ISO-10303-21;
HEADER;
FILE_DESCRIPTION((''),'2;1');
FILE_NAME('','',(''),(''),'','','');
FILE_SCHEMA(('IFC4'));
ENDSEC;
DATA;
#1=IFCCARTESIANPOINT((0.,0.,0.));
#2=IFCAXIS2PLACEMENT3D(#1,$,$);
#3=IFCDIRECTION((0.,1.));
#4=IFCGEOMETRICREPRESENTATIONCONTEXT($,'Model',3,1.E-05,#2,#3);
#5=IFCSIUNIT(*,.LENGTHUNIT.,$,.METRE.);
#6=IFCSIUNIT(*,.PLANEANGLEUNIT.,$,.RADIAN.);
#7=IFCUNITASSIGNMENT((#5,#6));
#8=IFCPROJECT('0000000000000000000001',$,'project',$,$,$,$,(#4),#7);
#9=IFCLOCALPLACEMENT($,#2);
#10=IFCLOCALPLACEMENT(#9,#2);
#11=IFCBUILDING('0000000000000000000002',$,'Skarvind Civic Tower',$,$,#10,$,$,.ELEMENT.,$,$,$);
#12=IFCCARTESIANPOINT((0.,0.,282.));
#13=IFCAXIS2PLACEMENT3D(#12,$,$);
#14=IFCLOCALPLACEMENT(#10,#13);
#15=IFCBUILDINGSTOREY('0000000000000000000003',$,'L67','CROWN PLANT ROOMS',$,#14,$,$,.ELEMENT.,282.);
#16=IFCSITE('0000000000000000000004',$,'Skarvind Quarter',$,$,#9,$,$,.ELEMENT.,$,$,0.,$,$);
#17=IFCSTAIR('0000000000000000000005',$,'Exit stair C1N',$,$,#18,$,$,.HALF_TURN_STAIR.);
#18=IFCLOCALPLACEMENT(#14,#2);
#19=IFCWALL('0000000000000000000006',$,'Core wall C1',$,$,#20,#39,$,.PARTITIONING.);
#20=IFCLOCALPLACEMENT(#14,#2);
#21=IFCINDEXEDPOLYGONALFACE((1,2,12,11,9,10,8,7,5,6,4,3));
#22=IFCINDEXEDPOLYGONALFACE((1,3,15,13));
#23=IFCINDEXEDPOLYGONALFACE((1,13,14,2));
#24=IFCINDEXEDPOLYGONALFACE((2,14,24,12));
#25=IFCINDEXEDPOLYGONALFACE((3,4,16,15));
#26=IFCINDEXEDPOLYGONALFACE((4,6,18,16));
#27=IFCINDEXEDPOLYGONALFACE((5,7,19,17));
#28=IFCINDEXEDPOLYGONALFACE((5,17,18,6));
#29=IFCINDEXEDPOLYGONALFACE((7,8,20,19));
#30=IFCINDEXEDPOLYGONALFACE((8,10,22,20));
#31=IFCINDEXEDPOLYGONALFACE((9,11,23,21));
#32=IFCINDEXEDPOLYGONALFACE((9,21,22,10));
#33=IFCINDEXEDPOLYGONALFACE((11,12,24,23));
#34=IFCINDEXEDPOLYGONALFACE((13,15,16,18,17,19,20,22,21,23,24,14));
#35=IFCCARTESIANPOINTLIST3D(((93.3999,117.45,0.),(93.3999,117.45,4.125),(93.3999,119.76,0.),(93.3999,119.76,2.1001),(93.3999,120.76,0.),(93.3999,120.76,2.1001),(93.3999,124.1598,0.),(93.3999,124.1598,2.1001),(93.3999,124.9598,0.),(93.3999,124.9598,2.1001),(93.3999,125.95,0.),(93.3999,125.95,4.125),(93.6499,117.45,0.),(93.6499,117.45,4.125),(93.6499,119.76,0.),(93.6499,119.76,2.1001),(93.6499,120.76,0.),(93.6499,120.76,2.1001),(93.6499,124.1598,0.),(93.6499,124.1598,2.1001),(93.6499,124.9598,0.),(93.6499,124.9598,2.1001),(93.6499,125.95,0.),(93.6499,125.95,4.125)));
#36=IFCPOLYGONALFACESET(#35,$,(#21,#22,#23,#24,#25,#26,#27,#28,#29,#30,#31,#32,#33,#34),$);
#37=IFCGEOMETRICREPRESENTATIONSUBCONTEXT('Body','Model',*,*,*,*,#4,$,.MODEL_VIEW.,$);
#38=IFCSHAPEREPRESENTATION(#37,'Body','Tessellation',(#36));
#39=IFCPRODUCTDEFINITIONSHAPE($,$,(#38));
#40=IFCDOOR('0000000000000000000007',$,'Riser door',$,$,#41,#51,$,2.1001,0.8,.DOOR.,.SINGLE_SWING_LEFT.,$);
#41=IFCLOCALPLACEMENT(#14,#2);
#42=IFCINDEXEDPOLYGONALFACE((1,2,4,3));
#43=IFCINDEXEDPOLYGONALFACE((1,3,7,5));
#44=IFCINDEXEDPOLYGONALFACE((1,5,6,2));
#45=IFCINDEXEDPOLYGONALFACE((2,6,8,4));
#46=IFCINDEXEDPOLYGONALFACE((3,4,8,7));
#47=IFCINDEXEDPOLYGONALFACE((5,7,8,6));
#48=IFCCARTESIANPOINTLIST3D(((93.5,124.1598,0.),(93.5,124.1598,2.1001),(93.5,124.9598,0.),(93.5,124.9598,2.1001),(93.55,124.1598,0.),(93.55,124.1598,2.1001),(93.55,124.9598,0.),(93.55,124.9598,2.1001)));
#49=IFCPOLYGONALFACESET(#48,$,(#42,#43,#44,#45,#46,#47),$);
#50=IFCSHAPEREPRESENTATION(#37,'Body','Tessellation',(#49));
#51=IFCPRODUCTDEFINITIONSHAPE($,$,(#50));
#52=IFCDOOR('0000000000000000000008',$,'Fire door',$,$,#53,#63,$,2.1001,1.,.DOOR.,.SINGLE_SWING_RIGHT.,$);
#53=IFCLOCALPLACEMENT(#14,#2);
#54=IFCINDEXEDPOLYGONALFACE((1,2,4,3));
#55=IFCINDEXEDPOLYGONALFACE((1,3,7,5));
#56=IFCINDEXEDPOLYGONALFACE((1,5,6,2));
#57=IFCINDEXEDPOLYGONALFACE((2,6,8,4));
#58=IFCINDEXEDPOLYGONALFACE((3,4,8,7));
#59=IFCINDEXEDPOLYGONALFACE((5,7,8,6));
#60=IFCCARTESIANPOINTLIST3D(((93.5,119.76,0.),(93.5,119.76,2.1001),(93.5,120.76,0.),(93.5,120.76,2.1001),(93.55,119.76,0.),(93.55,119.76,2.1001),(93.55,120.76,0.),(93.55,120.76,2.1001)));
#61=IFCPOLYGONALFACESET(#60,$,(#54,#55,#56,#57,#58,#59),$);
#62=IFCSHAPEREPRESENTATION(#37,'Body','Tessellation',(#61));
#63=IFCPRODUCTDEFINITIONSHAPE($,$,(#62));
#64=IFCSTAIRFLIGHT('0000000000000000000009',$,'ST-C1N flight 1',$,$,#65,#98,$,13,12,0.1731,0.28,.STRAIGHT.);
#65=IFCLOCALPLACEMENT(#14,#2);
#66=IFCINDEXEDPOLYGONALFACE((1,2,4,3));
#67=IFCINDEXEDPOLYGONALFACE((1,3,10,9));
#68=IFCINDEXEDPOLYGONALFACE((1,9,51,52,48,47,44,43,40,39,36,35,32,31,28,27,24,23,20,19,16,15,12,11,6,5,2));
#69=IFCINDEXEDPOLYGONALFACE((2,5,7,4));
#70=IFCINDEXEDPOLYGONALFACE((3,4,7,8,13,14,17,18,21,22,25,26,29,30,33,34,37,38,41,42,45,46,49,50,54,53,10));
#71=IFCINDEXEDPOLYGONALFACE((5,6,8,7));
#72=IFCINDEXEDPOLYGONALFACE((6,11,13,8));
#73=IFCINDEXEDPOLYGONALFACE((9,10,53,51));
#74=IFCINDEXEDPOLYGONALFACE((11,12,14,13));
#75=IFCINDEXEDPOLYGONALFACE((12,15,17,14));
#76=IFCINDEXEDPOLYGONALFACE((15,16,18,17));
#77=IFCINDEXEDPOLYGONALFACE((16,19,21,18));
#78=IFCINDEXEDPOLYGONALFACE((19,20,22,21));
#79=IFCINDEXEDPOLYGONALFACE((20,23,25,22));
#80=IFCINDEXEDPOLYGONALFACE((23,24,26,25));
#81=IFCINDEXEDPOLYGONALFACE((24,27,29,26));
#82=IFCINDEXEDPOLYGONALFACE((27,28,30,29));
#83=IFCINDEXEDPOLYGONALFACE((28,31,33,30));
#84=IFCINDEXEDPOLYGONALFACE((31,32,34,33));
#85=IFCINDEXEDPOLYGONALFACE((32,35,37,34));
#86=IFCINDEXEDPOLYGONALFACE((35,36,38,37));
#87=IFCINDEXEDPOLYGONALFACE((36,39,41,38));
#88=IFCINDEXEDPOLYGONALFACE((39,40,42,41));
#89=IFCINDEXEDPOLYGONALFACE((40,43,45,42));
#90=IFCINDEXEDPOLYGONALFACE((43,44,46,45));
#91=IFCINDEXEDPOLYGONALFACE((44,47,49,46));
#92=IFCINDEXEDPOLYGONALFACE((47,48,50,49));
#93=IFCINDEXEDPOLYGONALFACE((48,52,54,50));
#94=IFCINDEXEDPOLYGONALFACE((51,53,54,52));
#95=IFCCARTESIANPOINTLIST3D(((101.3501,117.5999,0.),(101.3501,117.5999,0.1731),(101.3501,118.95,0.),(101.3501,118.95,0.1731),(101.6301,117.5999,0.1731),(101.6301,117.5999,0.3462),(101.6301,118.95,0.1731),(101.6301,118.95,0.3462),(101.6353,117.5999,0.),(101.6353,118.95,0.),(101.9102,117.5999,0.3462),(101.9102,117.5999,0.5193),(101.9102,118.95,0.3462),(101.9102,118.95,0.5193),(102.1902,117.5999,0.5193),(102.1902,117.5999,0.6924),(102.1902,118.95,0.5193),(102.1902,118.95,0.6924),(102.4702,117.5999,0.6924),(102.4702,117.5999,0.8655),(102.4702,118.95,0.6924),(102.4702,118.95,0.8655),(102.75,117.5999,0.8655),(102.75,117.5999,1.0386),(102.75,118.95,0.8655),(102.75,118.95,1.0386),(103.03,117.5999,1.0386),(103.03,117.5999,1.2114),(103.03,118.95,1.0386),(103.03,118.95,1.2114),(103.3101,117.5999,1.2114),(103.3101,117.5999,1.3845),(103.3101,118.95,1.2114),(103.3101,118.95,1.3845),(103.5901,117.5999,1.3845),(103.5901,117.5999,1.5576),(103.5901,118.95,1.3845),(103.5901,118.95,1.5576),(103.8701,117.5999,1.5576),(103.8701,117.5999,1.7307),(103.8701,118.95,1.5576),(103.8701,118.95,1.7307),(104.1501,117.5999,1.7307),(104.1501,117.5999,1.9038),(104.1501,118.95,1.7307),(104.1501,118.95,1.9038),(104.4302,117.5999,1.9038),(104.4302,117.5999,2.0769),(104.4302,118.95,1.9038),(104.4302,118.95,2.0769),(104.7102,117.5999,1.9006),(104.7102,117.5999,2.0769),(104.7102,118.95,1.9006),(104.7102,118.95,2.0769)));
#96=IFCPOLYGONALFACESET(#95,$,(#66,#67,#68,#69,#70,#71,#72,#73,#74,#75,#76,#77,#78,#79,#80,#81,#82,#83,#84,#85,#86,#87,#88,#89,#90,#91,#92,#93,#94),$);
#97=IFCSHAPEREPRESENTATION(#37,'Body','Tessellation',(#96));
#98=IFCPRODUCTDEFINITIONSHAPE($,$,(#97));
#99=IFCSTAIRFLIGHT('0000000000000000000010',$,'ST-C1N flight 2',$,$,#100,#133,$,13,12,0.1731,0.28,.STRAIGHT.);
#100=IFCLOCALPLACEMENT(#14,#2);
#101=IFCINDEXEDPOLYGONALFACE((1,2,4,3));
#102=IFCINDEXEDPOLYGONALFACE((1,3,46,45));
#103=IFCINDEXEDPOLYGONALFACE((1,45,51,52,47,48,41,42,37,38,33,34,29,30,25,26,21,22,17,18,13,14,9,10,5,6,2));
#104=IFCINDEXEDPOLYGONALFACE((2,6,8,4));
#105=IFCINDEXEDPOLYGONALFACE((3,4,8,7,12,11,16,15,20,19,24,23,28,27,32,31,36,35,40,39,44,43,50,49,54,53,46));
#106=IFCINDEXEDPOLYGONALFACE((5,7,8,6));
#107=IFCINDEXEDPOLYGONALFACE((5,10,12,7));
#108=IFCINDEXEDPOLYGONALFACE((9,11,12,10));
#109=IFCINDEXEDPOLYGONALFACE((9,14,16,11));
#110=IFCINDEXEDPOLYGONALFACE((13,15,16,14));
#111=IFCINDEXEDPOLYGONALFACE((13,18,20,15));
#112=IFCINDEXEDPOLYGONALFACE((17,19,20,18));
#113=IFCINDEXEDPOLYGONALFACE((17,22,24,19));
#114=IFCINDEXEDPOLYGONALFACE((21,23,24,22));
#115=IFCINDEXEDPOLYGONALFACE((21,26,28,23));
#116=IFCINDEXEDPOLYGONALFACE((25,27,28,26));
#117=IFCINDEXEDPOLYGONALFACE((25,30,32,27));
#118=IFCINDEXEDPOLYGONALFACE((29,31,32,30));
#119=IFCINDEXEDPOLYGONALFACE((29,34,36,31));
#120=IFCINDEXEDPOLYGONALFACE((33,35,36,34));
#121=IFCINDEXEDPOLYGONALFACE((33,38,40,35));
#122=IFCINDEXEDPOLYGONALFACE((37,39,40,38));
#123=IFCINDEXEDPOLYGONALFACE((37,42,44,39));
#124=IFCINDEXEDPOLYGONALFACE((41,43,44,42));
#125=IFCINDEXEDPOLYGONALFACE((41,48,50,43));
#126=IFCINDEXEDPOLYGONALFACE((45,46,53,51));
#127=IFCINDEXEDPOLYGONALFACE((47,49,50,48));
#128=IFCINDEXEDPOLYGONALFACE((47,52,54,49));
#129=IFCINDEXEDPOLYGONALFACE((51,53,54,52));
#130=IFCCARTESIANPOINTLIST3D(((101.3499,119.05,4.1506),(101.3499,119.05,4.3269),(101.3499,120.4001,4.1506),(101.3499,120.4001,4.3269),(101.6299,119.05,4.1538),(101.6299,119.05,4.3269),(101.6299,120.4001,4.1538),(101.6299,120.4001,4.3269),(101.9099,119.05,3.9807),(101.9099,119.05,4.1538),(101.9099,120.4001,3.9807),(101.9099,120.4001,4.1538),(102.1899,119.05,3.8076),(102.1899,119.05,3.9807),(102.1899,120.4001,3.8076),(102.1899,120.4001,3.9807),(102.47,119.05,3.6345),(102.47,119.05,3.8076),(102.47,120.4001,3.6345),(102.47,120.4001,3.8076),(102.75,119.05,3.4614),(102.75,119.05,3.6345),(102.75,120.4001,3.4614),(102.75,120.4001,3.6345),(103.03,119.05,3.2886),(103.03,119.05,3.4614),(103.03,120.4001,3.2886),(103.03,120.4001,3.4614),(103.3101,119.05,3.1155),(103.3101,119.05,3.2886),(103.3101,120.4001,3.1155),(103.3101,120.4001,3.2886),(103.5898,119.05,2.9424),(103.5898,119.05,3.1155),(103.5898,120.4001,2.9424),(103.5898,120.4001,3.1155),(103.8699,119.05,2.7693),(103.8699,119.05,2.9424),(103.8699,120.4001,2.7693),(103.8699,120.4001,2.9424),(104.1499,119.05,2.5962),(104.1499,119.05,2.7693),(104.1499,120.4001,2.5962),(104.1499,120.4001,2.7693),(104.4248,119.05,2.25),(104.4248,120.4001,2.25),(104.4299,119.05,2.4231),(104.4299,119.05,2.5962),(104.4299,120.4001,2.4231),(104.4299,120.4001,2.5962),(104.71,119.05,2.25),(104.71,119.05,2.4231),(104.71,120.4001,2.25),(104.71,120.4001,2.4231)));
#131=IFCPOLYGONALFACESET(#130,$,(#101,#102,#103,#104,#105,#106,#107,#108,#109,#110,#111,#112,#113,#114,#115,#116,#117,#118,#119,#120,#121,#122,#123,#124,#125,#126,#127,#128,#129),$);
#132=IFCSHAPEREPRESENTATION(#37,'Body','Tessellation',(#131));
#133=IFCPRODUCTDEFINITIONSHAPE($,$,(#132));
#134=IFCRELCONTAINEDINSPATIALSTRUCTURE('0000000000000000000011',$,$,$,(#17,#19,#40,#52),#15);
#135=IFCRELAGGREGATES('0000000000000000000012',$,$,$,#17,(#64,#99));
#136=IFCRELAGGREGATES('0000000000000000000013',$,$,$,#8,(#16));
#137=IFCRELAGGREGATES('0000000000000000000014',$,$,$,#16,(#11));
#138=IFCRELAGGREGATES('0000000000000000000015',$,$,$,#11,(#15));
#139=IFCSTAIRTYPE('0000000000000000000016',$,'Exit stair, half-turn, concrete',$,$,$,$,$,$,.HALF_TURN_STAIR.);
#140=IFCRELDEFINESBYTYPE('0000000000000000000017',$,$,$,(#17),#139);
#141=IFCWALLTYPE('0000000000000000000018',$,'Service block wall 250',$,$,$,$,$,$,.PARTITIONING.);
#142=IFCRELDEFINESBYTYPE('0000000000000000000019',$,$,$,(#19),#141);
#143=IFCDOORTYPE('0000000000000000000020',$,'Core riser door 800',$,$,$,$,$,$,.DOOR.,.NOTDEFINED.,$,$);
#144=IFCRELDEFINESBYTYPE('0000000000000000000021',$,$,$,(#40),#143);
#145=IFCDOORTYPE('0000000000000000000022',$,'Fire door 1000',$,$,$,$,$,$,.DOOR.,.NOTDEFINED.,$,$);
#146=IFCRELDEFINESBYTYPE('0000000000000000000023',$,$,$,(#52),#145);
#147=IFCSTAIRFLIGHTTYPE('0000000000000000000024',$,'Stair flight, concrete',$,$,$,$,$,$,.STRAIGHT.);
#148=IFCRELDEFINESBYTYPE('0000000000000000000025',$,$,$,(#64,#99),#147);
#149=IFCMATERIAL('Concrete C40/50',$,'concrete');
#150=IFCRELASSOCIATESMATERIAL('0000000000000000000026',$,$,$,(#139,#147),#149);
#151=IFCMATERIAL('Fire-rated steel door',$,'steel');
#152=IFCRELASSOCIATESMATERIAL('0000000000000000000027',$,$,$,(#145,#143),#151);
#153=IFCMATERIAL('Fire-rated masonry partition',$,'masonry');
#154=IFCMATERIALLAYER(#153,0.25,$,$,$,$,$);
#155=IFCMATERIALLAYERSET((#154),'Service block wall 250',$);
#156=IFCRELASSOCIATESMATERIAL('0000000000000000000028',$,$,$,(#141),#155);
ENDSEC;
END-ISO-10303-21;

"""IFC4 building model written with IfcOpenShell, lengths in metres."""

from ifc_helpers import new_model, si_unit, direction, frame, frame_2d, origin, place, context, subcontext, project, spatial, polyline, rectangle, outline, extrude, material, layer, layer_set, type_object, element, fill, aggregate, save


model = new_model("IFC4")

# Units and contexts
model_context = context("Model", 3, precision=1e-05, world=origin(), true_north=direction((0.0, 1.0)))
body_context = subcontext(model_context, "Body", "Model", "MODEL_VIEW")
ifc_project = project(units=[si_unit("LENGTHUNIT", "METRE"), si_unit("PLANEANGLEUNIT", "RADIAN")], contexts=[model_context])

# Site, building, storey
site_placement = place(None, origin())
site = spatial("IfcSite", under=ifc_project, at=site_placement, Name="Skarvind Quarter", CompositionType="ELEMENT", RefElevation=0.0)
building_placement = place(site_placement, origin())
building = spatial("IfcBuilding", under=site, at=building_placement, Name="Skarvind Civic Tower", CompositionType="ELEMENT")
storey_placement = place(building_placement, frame((0.0, 0.0, 282.0)))
storey = spatial("IfcBuildingStorey", under=building, at=storey_placement, Name="L67", Description="CROWN PLANT ROOMS", CompositionType="ELEMENT", Elevation=282.0)

# Shared definitions
ifc_material_1 = material(Name="Concrete C40/50", Category="concrete")

# Stair
stair_type_1 = type_object("IfcStairType", Name="Exit stair, half-turn, concrete", PredefinedType="HALF_TURN_STAIR", material=ifc_material_1)
stair_1_placement = place(storey_placement, origin())
stair_1 = element("IfcStair", 1, at=stair_1_placement, inside=storey, type_object=stair_type_1, Name="Exit stair C1N", PredefinedType="HALF_TURN_STAIR")

# Shared definitions
ifc_material_2 = material(Name="Fire-rated masonry partition", Category="masonry")
ifc_material_3 = material(Name="Fire-rated steel door", Category="steel")

# Shared definitions
door_type_1 = type_object("IfcDoorType", Name="Fire door 1000", OperationType="NOTDEFINED", PredefinedType="DOOR", material=ifc_material_3)

# Shared definitions
door_type_2 = type_object("IfcDoorType", Name="Core riser door 800", OperationType="NOTDEFINED", PredefinedType="DOOR", material=ifc_material_3)

# Wall, openings, doors
ifc_layer_1 = layer(ifc_material_2, 0.25)
ifc_layer_set_1 = layer_set([ifc_layer_1], Name="Service block wall 250")
wall_type_1 = type_object("IfcWallType", Name="Service block wall 250", PredefinedType="PARTITIONING", material=ifc_layer_set_1)
wall_1_placement = place(storey_placement, frame((93.5249, 117.45, 0.0), z_axis=(0.0, 0.0, 1.0), x_axis=(0.0, 1.0, 0.0)))
wall_1 = element("IfcWall", 2, at=wall_1_placement, inside=storey, type_object=wall_type_1, Name="Core wall C1", PredefinedType="PARTITIONING", context=body_context, shape_type="SweptSolid", body=[
    extrude(rectangle(XDim=8.5, YDim=0.25, at=frame_2d((4.25, 0.0))), origin(), (0.0, 0.0, 1.0), 4.125),
])
opening_1_placement = place(wall_1_placement, frame((6.71, 0.0, 0.0)))
opening_1 = element("IfcOpeningElement", 3, at=opening_1_placement, cuts=wall_1, PredefinedType="OPENING", context=body_context, shape_type="SweptSolid", body=[
    extrude(rectangle(XDim=0.8, YDim=2.1001, at=frame_2d((0.3999, 1.05))), frame((0.0, 0.135, 0.0), z_axis=(0.0, -1.0, 0.0), x_axis=(1.0, 0.0, 0.0)), (0.0, 0.0, 1.0), 0.27),
])
opening_2_placement = place(wall_1_placement, frame((2.3101, 0.0, 0.0)))
opening_2 = element("IfcOpeningElement", 4, at=opening_2_placement, cuts=wall_1, PredefinedType="OPENING", context=body_context, shape_type="SweptSolid", body=[
    extrude(rectangle(XDim=1.0, YDim=2.1001, at=frame_2d((0.5, 1.05))), frame((0.0, 0.135, 0.0), z_axis=(0.0, -1.0, 0.0), x_axis=(1.0, 0.0, 0.0)), (0.0, 0.0, 1.0), 0.27),
])
door_1_placement = place(opening_1_placement, origin())
door_1 = element("IfcDoor", 5, at=door_1_placement, inside=storey, type_object=door_type_2, Name="Riser door", OperationType="SINGLE_SWING_LEFT", OverallHeight=2.1001, OverallWidth=0.8, PredefinedType="DOOR", context=body_context, shape_type="SweptSolid", body=[
    extrude(rectangle(XDim=0.8, YDim=2.1001, at=frame_2d((0.3999, 1.05))), frame((0.0, 0.0249, 0.0), z_axis=(0.0, -1.0, 0.0), x_axis=(1.0, 0.0, 0.0)), (0.0, 0.0, 1.0), 0.05),
])
fill(opening_1, door_1)
door_2_placement = place(opening_2_placement, origin())
door_2 = element("IfcDoor", 6, at=door_2_placement, inside=storey, type_object=door_type_1, Name="Fire door", OperationType="SINGLE_SWING_RIGHT", OverallHeight=2.1001, OverallWidth=1.0, PredefinedType="DOOR", context=body_context, shape_type="SweptSolid", body=[
    extrude(rectangle(XDim=1.0, YDim=2.1001, at=frame_2d((0.5, 1.05))), frame((0.0, 0.0249, 0.0), z_axis=(0.0, -1.0, 0.0), x_axis=(1.0, 0.0, 0.0)), (0.0, 0.0, 1.0), 0.05),
])
fill(opening_2, door_2)

# Stair flights
stair_flight_type = type_object("IfcStairFlightType", Name="Stair flight, concrete", PredefinedType="STRAIGHT", material=ifc_material_1)
stair_flight_1_placement = place(storey_placement, frame((101.3501, 118.2749, 0.0), z_axis=(0.0, 0.0, 1.0), x_axis=(1.0, 0.0, 0.0)))
stair_flight_1 = element("IfcStairFlight", 7, at=stair_flight_1_placement, type_object=stair_flight_type, Name="ST-C1N flight 1", NumberOfRisers=13, NumberOfTreads=12, PredefinedType="STRAIGHT", RiserHeight=0.1731, TreadLength=0.28, context=body_context, shape_type="SweptSolid", body=[
    extrude(outline(polyline([(0.0, 0.0), (0.0, 0.1731), (0.28, 0.1731), (0.28, 0.3462), (0.5601, 0.3462), (0.5601, 0.5193), (0.8401, 0.5193), (0.8401, 0.6924), (1.1201, 0.6924), (1.1201, 0.8655), (1.3999, 0.8655), (1.3999, 1.0386), (1.6799, 1.0386), (1.6799, 1.2114), (1.96, 1.2114), (1.96, 1.3845), (2.24, 1.3845), (2.24, 1.5576), (2.52, 1.5576), (2.52, 1.7307), (2.8, 1.7307), (2.8, 1.9038), (3.0801, 1.9038), (3.0801, 2.0769), (3.3601, 2.0769), (3.3601, 2.25), (3.3601, 1.9006), (0.2852, 0.0), (0.0, 0.0)])), frame((0.0, 0.675, 0.0), z_axis=(0.0, -1.0, 0.0), x_axis=(1.0, 0.0, 0.0)), (0.0, 0.0, 1.0), 1.3501),
])
stair_flight_2_placement = place(storey_placement, frame((104.71, 119.7251, 2.25), z_axis=(0.0, 0.0, 1.0), x_axis=(-1.0, 0.0, 0.0)))
stair_flight_2 = element("IfcStairFlight", 8, at=stair_flight_2_placement, type_object=stair_flight_type, Name="ST-C1N flight 2", NumberOfRisers=13, NumberOfTreads=12, PredefinedType="STRAIGHT", RiserHeight=0.1731, TreadLength=0.28, context=body_context, shape_type="SweptSolid", body=[
    extrude(outline(polyline([(0.0, 0.0), (0.0, 0.1731), (0.28, 0.1731), (0.28, 0.3462), (0.5601, 0.3462), (0.5601, 0.5193), (0.8401, 0.5193), (0.8401, 0.6924), (1.1201, 0.6924), (1.1201, 0.8655), (1.3999, 0.8655), (1.3999, 1.0386), (1.6799, 1.0386), (1.6799, 1.2114), (1.96, 1.2114), (1.96, 1.3845), (2.24, 1.3845), (2.24, 1.5576), (2.52, 1.5576), (2.52, 1.7307), (2.8, 1.7307), (2.8, 1.9038), (3.0801, 1.9038), (3.0801, 2.0769), (3.3601, 2.0769), (3.3601, 2.25), (3.3601, 1.9006), (0.2852, 0.0), (0.0, 0.0)])), frame((0.0, 0.675, 0.0), z_axis=(0.0, -1.0, 0.0), x_axis=(1.0, 0.0, 0.0)), (0.0, 0.0, 1.0), 1.3501),
])
aggregate(stair_1, [stair_flight_1, stair_flight_2])

save(model, "model.ifc")
